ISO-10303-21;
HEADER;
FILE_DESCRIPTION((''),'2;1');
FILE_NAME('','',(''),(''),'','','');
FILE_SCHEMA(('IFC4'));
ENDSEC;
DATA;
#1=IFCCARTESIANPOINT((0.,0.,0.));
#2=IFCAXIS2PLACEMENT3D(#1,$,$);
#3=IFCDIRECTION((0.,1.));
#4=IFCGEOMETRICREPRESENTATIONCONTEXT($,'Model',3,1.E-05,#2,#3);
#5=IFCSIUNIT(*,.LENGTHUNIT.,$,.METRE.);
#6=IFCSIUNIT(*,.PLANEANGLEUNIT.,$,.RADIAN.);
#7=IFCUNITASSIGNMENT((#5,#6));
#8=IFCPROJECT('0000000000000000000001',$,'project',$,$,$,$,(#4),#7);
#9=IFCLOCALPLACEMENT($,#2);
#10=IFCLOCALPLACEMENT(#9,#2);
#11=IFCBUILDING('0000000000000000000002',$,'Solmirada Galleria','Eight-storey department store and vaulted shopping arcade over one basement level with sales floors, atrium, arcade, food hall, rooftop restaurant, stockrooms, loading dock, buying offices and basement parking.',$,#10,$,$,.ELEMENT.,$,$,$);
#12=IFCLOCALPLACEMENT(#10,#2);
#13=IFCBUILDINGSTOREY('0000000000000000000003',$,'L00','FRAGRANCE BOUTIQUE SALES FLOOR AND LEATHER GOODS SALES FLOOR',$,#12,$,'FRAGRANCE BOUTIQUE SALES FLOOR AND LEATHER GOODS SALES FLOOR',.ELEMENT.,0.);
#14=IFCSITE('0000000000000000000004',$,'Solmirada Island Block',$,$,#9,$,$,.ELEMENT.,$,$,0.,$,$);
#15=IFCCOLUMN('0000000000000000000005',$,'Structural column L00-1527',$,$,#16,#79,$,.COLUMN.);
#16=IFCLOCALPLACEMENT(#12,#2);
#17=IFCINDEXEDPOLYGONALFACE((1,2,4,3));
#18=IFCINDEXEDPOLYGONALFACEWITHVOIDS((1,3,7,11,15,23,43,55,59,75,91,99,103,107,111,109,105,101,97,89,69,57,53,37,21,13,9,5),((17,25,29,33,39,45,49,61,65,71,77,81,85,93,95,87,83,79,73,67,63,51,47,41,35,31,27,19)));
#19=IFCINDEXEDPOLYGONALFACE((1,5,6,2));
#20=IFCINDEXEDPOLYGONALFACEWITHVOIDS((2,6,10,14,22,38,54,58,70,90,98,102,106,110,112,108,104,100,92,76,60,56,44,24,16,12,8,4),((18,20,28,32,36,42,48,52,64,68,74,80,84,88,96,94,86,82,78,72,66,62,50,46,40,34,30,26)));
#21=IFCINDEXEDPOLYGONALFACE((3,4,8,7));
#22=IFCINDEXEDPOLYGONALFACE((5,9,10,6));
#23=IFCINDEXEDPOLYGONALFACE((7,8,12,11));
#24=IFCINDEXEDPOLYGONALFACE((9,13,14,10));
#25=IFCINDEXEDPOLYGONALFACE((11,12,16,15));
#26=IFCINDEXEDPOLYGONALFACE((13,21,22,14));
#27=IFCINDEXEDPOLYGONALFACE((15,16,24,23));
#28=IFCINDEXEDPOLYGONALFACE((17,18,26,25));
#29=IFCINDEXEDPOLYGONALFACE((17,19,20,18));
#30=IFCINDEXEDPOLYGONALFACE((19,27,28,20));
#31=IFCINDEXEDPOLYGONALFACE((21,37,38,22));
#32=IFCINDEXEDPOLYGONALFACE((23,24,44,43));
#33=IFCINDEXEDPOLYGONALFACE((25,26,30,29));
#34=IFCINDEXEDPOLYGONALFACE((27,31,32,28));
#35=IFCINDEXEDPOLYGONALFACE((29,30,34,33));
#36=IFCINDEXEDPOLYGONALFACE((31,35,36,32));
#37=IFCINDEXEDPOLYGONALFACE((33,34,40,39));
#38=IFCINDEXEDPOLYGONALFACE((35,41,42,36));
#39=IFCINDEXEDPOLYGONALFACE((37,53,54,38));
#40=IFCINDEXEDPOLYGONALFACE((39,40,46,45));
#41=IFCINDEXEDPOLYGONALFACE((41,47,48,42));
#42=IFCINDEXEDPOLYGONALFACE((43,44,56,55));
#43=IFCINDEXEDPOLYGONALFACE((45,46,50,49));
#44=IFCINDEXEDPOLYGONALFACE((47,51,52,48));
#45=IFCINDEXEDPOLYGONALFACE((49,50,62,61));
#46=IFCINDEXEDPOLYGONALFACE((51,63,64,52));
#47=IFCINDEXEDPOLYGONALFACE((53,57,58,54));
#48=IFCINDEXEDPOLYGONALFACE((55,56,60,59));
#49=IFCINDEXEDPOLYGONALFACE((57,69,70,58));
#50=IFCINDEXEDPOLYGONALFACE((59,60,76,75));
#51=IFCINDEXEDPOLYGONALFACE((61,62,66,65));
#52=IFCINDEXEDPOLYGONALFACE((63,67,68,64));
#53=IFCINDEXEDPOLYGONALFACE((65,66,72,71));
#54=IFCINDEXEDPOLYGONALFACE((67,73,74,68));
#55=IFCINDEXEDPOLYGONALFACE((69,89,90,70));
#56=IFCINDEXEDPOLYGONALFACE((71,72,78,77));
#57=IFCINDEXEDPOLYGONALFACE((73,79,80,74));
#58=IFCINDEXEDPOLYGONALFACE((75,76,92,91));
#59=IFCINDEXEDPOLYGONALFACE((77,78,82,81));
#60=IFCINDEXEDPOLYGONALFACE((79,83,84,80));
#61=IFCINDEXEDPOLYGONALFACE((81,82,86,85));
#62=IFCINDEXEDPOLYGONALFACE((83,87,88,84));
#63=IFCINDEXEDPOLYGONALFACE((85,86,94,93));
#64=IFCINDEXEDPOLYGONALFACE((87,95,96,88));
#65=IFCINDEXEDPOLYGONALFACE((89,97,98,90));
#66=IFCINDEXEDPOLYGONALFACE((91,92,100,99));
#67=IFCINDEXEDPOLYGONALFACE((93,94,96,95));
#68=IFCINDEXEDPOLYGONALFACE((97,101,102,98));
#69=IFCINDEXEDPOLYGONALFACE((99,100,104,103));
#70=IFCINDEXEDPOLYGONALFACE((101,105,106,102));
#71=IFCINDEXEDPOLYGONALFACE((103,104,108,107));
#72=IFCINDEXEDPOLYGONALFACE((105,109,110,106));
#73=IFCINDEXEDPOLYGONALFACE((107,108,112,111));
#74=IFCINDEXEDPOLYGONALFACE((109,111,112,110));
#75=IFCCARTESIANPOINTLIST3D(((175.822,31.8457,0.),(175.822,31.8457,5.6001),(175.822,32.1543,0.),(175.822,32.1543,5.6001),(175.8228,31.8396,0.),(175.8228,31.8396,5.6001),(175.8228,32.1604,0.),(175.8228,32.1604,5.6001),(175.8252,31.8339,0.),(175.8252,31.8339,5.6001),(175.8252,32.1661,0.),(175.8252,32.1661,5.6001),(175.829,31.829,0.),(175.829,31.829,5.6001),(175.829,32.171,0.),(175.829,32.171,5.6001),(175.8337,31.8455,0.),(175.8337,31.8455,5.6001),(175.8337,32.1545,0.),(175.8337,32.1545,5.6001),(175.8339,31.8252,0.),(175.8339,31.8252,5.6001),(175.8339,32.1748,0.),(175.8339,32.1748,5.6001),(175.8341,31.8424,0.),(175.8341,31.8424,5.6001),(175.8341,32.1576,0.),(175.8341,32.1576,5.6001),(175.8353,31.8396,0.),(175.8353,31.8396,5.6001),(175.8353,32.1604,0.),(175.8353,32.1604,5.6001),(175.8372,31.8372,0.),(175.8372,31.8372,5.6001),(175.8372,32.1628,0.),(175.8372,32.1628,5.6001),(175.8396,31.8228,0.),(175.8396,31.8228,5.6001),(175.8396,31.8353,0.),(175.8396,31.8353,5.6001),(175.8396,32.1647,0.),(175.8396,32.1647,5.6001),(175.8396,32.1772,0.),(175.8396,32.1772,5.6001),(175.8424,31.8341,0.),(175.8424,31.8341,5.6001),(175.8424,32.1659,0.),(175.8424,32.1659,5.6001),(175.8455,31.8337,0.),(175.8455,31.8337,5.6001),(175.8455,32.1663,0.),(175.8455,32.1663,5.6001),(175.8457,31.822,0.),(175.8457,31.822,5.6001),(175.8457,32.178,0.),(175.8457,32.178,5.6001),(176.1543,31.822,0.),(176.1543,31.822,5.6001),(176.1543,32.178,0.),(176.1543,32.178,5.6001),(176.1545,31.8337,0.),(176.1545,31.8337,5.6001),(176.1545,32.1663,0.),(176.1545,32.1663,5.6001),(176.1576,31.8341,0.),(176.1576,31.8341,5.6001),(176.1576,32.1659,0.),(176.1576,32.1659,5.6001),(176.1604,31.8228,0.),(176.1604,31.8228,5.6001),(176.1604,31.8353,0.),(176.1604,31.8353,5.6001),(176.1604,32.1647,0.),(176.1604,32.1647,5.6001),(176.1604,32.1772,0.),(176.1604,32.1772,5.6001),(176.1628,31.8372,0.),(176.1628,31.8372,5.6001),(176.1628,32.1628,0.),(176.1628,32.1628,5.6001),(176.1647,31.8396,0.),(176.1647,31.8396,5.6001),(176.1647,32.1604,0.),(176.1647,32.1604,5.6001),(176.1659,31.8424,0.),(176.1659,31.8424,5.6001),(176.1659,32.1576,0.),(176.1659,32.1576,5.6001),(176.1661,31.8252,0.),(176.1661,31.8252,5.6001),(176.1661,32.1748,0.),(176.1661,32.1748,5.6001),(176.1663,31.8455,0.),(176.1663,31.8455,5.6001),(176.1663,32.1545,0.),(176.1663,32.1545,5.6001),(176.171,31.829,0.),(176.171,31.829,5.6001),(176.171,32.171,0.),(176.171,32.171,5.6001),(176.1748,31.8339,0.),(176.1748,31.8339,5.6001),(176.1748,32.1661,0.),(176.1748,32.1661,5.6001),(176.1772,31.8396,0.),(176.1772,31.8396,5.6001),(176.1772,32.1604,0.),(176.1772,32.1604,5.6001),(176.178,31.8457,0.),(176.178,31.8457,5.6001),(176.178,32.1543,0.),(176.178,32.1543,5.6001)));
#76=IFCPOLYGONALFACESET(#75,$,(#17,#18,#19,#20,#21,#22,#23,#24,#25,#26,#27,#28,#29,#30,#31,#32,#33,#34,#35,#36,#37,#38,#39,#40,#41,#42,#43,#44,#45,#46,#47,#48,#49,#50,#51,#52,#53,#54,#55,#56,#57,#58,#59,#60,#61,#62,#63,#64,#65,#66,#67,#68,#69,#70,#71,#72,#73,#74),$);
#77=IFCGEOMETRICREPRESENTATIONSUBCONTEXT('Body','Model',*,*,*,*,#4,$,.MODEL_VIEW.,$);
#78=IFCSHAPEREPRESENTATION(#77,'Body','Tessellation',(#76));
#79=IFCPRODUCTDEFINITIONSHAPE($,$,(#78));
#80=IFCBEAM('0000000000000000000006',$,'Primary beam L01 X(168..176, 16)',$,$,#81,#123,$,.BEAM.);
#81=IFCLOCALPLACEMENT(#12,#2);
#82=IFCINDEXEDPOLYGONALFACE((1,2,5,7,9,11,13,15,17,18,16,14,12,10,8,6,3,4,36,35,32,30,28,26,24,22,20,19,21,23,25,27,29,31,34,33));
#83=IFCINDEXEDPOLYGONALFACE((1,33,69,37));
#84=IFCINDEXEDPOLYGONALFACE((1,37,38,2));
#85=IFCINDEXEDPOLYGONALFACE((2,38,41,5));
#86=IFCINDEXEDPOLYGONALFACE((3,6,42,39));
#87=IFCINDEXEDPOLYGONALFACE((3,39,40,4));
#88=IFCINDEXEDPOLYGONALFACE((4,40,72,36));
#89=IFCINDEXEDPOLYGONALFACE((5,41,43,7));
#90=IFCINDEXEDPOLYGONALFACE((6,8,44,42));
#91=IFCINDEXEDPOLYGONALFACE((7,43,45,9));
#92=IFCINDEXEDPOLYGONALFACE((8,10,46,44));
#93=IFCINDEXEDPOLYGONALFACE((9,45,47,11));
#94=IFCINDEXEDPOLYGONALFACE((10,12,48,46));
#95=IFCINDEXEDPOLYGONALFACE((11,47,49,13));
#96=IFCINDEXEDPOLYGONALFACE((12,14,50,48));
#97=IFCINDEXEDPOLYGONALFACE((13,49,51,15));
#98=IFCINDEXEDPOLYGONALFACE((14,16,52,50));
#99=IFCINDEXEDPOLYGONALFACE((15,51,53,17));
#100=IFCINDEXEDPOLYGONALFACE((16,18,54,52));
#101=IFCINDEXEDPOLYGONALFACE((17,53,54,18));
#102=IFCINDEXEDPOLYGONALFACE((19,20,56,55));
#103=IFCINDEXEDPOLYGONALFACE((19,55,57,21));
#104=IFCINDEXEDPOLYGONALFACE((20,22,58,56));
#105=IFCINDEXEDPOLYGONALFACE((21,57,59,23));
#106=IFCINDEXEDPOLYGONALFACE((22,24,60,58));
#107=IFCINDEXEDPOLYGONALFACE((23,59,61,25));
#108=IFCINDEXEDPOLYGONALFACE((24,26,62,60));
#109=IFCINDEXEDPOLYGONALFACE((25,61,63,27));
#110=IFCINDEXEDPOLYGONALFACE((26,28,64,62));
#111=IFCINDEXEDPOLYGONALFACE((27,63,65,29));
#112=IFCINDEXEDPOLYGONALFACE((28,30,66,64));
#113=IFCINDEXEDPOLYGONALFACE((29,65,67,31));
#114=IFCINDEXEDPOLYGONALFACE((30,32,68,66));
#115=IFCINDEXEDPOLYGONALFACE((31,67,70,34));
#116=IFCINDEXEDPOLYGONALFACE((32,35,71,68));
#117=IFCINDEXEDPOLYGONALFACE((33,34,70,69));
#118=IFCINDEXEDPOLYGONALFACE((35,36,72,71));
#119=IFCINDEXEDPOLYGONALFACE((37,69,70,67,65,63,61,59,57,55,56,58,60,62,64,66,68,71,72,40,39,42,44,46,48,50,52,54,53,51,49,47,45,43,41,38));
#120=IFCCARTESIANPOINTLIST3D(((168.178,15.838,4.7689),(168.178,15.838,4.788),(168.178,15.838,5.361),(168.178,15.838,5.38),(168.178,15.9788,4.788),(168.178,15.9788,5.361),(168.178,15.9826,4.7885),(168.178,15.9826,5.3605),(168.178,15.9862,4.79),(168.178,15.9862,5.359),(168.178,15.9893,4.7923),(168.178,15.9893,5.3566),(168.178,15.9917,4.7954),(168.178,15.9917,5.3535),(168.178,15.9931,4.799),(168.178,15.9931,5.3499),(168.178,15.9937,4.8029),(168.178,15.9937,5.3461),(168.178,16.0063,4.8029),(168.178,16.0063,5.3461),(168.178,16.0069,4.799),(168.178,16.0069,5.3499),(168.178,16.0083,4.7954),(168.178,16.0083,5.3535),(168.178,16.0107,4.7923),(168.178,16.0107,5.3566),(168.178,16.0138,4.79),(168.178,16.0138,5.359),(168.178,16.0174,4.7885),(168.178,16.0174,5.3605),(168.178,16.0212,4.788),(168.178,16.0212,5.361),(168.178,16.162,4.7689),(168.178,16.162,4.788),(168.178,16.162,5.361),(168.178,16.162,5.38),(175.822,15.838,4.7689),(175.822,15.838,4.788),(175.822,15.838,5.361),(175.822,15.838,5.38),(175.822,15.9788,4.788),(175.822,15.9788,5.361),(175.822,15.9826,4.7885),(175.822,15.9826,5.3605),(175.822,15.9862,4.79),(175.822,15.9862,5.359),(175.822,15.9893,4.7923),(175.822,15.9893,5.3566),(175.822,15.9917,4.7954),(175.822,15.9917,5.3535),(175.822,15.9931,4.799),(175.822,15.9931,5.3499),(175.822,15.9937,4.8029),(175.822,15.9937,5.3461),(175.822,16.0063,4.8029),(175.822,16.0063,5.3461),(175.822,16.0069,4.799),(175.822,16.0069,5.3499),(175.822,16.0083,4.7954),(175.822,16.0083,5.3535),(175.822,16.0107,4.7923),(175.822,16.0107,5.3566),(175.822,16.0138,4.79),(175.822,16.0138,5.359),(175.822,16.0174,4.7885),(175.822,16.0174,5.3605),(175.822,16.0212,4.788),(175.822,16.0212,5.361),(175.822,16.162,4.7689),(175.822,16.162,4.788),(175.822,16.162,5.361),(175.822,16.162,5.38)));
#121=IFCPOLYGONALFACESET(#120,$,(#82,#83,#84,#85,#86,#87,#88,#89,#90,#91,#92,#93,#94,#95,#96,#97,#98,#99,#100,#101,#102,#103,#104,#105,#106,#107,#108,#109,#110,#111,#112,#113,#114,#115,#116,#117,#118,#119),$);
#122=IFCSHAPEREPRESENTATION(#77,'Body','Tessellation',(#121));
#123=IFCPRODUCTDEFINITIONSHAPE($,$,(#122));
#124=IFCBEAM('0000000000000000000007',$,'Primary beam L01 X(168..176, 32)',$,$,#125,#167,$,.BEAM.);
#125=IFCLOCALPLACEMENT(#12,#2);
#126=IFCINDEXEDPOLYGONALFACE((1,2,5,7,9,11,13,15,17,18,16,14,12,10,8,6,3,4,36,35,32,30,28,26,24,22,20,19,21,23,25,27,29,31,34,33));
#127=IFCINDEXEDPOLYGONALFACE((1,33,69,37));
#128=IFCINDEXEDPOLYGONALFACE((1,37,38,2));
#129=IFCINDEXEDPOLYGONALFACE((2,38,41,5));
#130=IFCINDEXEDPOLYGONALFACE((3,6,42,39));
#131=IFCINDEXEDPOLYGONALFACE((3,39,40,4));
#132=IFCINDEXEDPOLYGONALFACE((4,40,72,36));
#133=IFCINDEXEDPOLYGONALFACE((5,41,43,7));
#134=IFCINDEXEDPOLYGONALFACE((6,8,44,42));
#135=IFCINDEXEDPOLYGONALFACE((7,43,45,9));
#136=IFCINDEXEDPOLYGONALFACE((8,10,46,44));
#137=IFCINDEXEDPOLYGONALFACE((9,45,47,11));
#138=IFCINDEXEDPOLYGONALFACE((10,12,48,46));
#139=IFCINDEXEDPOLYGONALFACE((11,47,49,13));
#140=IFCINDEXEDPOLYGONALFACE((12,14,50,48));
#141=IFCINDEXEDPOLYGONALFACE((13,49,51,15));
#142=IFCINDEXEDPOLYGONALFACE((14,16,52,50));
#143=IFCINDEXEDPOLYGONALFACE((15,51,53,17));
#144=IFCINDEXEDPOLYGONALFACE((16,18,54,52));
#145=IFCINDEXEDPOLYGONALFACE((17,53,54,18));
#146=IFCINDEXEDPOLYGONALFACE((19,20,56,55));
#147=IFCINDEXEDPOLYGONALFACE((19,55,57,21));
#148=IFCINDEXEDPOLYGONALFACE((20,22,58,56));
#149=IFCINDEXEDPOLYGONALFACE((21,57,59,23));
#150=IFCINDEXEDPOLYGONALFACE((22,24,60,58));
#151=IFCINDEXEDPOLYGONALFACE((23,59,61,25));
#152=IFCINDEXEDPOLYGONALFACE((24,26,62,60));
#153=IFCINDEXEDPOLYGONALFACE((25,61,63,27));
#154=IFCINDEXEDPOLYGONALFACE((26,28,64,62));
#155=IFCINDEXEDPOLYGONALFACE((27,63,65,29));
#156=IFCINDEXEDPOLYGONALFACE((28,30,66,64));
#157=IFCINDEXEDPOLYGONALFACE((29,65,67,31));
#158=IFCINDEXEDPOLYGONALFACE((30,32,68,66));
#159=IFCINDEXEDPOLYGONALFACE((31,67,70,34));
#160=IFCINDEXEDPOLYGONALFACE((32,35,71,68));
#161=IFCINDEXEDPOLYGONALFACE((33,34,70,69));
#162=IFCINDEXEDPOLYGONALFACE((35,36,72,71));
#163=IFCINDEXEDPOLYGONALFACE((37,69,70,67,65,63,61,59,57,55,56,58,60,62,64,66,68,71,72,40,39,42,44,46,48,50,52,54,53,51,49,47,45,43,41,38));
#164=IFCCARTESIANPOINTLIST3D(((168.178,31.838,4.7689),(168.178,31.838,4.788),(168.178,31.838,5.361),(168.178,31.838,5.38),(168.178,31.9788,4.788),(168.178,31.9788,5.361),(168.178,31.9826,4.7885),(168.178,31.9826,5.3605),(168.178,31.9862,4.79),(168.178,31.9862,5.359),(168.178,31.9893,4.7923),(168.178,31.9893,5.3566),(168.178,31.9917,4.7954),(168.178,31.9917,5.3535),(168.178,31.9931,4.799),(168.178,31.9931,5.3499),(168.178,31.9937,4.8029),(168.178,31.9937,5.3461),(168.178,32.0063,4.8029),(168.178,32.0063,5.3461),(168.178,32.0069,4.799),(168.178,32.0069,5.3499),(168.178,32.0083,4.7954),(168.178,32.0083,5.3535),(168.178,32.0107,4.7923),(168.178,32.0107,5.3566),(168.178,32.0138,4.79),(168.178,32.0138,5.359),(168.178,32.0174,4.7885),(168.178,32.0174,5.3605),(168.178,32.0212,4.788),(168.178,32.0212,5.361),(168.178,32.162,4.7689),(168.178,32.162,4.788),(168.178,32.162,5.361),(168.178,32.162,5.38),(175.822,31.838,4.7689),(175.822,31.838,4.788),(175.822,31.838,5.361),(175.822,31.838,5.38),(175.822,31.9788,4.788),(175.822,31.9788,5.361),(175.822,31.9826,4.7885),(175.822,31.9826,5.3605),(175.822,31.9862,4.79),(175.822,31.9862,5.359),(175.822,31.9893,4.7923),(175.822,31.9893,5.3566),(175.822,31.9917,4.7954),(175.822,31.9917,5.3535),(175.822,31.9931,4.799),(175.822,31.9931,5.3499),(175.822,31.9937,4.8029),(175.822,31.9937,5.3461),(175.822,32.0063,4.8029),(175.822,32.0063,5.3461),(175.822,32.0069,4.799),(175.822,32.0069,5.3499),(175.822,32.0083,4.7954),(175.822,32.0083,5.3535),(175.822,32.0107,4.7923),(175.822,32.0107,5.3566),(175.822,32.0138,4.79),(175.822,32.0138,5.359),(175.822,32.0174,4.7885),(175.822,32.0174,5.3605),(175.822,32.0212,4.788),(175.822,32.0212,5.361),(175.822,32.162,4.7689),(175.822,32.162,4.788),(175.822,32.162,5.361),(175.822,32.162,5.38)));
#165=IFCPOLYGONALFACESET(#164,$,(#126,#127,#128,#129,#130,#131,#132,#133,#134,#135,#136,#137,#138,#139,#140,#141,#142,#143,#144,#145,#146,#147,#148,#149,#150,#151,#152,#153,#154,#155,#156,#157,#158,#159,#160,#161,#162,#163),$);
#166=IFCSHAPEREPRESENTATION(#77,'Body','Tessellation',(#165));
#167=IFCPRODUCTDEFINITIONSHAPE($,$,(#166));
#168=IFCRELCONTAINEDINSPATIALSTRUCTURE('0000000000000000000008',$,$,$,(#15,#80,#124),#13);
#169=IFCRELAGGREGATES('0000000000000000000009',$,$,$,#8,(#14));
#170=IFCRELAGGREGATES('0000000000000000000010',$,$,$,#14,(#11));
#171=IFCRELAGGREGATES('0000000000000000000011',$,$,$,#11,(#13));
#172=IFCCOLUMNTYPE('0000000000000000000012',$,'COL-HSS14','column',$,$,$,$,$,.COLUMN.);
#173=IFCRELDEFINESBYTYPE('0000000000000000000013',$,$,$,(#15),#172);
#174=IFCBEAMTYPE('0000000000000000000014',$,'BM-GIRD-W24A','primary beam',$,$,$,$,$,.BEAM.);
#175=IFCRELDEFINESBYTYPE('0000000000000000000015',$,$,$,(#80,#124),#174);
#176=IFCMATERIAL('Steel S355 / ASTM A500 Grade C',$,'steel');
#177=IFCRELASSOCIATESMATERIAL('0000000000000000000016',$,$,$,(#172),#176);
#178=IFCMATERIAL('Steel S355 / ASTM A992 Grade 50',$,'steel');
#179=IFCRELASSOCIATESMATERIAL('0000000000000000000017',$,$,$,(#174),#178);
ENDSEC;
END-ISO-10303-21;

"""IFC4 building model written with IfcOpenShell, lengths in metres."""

from ifc_helpers import new_model, si_unit, direction, frame, origin, origin_2d, place, context, subcontext, project, spatial, hollow_rectangle, i_section, extrude, material, material_profile, profile_set, type_object, element, save


model = new_model("IFC4")

# Units and contexts
model_context = context("Model", 3, precision=1e-05, world=origin(), true_north=direction((0.0, 1.0)))
body_context = subcontext(model_context, "Body", "Model", "MODEL_VIEW")
ifc_project = project(units=[si_unit("LENGTHUNIT", "METRE"), si_unit("PLANEANGLEUNIT", "RADIAN")], contexts=[model_context])

# Site, building, storey
site_placement = place(None, origin())
site = spatial("IfcSite", under=ifc_project, at=site_placement, Name="Solmirada Island Block", CompositionType="ELEMENT", RefElevation=0.0)
building_placement = place(site_placement, origin())
building = spatial("IfcBuilding", under=site, at=building_placement, Name="Solmirada Galleria", Description="Eight-storey department store and vaulted shopping arcade over one basement level with sales floors, atrium, arcade, food hall, rooftop restaurant, stockrooms, loading dock, buying offices and basement parking.", CompositionType="ELEMENT")
storey_placement = place(building_placement, origin())
storey = spatial("IfcBuildingStorey", under=building, at=storey_placement, Name="L00", Description="FRAGRANCE BOUTIQUE SALES FLOOR AND LEATHER GOODS SALES FLOOR", LongName="FRAGRANCE BOUTIQUE SALES FLOOR AND LEATHER GOODS SALES FLOOR", CompositionType="ELEMENT", Elevation=0.0)

# Column
ifc_material_1 = material(Name="Steel S355 / ASTM A500 Grade C", Category="steel")
ifc_material_profile_1 = material_profile(ifc_material_1, hollow_rectangle(XDim=0.356, YDim=0.356, WallThickness=0.0117, InnerFilletRadius=0.0117, OuterFilletRadius=0.0237, at=origin_2d()), Name="HSS14X14X1/2")
ifc_profile_set_1 = profile_set([ifc_material_profile_1], Name="Steel S355 / ASTM A500 Grade C")
column_type = type_object("IfcColumnType", Name="COL-HSS14", Description="column", PredefinedType="COLUMN", material=ifc_profile_set_1)
for number, where, z_axis, x_axis, name in (
    (1, (176.0, 32.0, 0.0), (0.0, 0.0, 1.0), (1.0, 0.0, 0.0), "Structural column L00-1527"),
):
    element("IfcColumn", number, at=place(storey_placement, frame(where, z_axis=z_axis, x_axis=x_axis)), inside=storey, type_object=column_type, Name=name, PredefinedType="COLUMN", context=body_context, shape_type="SweptSolid", body=[
        extrude(hollow_rectangle(XDim=0.356, YDim=0.356, WallThickness=0.0117, InnerFilletRadius=0.0117, OuterFilletRadius=0.0237, at=origin_2d()), origin(), (0.0, 0.0, 1.0), 5.6001),
    ])

# Beams
ifc_material_2 = material(Name="Steel S355 / ASTM A992 Grade 50", Category="steel")
ifc_material_profile_2 = material_profile(ifc_material_2, i_section(OverallWidth=0.324, OverallDepth=0.6111, WebThickness=0.0127, FlangeThickness=0.019, FilletRadius=0.0149, at=origin_2d()), Name="W24X104")
ifc_profile_set_2 = profile_set([ifc_material_profile_2], Name="Steel S355 / ASTM A992 Grade 50")
beam_type_1 = type_object("IfcBeamType", Name="BM-GIRD-W24A", Description="primary beam", PredefinedType="BEAM", material=ifc_profile_set_2)
for number, where, z_axis, x_axis, name in (
    (2, (168.178, 16.0, 5.0745), (1.0, 0.0, 0.0), (0.0, 1.0, 0.0), "Primary beam L01 X(168..176, 16)"),
    (3, (168.178, 32.0, 5.0745), (1.0, 0.0, 0.0), (0.0, 1.0, 0.0), "Primary beam L01 X(168..176, 32)"),
):
    element("IfcBeam", number, at=place(storey_placement, frame(where, z_axis=z_axis, x_axis=x_axis)), inside=storey, type_object=beam_type_1, Name=name, PredefinedType="BEAM", context=body_context, shape_type="SweptSolid", body=[
        extrude(i_section(OverallWidth=0.324, OverallDepth=0.6111, WebThickness=0.0127, FlangeThickness=0.019, FilletRadius=0.0149, at=origin_2d()), origin(), (0.0, 0.0, 1.0), 7.644),
    ])

save(model, "model.ifc")
